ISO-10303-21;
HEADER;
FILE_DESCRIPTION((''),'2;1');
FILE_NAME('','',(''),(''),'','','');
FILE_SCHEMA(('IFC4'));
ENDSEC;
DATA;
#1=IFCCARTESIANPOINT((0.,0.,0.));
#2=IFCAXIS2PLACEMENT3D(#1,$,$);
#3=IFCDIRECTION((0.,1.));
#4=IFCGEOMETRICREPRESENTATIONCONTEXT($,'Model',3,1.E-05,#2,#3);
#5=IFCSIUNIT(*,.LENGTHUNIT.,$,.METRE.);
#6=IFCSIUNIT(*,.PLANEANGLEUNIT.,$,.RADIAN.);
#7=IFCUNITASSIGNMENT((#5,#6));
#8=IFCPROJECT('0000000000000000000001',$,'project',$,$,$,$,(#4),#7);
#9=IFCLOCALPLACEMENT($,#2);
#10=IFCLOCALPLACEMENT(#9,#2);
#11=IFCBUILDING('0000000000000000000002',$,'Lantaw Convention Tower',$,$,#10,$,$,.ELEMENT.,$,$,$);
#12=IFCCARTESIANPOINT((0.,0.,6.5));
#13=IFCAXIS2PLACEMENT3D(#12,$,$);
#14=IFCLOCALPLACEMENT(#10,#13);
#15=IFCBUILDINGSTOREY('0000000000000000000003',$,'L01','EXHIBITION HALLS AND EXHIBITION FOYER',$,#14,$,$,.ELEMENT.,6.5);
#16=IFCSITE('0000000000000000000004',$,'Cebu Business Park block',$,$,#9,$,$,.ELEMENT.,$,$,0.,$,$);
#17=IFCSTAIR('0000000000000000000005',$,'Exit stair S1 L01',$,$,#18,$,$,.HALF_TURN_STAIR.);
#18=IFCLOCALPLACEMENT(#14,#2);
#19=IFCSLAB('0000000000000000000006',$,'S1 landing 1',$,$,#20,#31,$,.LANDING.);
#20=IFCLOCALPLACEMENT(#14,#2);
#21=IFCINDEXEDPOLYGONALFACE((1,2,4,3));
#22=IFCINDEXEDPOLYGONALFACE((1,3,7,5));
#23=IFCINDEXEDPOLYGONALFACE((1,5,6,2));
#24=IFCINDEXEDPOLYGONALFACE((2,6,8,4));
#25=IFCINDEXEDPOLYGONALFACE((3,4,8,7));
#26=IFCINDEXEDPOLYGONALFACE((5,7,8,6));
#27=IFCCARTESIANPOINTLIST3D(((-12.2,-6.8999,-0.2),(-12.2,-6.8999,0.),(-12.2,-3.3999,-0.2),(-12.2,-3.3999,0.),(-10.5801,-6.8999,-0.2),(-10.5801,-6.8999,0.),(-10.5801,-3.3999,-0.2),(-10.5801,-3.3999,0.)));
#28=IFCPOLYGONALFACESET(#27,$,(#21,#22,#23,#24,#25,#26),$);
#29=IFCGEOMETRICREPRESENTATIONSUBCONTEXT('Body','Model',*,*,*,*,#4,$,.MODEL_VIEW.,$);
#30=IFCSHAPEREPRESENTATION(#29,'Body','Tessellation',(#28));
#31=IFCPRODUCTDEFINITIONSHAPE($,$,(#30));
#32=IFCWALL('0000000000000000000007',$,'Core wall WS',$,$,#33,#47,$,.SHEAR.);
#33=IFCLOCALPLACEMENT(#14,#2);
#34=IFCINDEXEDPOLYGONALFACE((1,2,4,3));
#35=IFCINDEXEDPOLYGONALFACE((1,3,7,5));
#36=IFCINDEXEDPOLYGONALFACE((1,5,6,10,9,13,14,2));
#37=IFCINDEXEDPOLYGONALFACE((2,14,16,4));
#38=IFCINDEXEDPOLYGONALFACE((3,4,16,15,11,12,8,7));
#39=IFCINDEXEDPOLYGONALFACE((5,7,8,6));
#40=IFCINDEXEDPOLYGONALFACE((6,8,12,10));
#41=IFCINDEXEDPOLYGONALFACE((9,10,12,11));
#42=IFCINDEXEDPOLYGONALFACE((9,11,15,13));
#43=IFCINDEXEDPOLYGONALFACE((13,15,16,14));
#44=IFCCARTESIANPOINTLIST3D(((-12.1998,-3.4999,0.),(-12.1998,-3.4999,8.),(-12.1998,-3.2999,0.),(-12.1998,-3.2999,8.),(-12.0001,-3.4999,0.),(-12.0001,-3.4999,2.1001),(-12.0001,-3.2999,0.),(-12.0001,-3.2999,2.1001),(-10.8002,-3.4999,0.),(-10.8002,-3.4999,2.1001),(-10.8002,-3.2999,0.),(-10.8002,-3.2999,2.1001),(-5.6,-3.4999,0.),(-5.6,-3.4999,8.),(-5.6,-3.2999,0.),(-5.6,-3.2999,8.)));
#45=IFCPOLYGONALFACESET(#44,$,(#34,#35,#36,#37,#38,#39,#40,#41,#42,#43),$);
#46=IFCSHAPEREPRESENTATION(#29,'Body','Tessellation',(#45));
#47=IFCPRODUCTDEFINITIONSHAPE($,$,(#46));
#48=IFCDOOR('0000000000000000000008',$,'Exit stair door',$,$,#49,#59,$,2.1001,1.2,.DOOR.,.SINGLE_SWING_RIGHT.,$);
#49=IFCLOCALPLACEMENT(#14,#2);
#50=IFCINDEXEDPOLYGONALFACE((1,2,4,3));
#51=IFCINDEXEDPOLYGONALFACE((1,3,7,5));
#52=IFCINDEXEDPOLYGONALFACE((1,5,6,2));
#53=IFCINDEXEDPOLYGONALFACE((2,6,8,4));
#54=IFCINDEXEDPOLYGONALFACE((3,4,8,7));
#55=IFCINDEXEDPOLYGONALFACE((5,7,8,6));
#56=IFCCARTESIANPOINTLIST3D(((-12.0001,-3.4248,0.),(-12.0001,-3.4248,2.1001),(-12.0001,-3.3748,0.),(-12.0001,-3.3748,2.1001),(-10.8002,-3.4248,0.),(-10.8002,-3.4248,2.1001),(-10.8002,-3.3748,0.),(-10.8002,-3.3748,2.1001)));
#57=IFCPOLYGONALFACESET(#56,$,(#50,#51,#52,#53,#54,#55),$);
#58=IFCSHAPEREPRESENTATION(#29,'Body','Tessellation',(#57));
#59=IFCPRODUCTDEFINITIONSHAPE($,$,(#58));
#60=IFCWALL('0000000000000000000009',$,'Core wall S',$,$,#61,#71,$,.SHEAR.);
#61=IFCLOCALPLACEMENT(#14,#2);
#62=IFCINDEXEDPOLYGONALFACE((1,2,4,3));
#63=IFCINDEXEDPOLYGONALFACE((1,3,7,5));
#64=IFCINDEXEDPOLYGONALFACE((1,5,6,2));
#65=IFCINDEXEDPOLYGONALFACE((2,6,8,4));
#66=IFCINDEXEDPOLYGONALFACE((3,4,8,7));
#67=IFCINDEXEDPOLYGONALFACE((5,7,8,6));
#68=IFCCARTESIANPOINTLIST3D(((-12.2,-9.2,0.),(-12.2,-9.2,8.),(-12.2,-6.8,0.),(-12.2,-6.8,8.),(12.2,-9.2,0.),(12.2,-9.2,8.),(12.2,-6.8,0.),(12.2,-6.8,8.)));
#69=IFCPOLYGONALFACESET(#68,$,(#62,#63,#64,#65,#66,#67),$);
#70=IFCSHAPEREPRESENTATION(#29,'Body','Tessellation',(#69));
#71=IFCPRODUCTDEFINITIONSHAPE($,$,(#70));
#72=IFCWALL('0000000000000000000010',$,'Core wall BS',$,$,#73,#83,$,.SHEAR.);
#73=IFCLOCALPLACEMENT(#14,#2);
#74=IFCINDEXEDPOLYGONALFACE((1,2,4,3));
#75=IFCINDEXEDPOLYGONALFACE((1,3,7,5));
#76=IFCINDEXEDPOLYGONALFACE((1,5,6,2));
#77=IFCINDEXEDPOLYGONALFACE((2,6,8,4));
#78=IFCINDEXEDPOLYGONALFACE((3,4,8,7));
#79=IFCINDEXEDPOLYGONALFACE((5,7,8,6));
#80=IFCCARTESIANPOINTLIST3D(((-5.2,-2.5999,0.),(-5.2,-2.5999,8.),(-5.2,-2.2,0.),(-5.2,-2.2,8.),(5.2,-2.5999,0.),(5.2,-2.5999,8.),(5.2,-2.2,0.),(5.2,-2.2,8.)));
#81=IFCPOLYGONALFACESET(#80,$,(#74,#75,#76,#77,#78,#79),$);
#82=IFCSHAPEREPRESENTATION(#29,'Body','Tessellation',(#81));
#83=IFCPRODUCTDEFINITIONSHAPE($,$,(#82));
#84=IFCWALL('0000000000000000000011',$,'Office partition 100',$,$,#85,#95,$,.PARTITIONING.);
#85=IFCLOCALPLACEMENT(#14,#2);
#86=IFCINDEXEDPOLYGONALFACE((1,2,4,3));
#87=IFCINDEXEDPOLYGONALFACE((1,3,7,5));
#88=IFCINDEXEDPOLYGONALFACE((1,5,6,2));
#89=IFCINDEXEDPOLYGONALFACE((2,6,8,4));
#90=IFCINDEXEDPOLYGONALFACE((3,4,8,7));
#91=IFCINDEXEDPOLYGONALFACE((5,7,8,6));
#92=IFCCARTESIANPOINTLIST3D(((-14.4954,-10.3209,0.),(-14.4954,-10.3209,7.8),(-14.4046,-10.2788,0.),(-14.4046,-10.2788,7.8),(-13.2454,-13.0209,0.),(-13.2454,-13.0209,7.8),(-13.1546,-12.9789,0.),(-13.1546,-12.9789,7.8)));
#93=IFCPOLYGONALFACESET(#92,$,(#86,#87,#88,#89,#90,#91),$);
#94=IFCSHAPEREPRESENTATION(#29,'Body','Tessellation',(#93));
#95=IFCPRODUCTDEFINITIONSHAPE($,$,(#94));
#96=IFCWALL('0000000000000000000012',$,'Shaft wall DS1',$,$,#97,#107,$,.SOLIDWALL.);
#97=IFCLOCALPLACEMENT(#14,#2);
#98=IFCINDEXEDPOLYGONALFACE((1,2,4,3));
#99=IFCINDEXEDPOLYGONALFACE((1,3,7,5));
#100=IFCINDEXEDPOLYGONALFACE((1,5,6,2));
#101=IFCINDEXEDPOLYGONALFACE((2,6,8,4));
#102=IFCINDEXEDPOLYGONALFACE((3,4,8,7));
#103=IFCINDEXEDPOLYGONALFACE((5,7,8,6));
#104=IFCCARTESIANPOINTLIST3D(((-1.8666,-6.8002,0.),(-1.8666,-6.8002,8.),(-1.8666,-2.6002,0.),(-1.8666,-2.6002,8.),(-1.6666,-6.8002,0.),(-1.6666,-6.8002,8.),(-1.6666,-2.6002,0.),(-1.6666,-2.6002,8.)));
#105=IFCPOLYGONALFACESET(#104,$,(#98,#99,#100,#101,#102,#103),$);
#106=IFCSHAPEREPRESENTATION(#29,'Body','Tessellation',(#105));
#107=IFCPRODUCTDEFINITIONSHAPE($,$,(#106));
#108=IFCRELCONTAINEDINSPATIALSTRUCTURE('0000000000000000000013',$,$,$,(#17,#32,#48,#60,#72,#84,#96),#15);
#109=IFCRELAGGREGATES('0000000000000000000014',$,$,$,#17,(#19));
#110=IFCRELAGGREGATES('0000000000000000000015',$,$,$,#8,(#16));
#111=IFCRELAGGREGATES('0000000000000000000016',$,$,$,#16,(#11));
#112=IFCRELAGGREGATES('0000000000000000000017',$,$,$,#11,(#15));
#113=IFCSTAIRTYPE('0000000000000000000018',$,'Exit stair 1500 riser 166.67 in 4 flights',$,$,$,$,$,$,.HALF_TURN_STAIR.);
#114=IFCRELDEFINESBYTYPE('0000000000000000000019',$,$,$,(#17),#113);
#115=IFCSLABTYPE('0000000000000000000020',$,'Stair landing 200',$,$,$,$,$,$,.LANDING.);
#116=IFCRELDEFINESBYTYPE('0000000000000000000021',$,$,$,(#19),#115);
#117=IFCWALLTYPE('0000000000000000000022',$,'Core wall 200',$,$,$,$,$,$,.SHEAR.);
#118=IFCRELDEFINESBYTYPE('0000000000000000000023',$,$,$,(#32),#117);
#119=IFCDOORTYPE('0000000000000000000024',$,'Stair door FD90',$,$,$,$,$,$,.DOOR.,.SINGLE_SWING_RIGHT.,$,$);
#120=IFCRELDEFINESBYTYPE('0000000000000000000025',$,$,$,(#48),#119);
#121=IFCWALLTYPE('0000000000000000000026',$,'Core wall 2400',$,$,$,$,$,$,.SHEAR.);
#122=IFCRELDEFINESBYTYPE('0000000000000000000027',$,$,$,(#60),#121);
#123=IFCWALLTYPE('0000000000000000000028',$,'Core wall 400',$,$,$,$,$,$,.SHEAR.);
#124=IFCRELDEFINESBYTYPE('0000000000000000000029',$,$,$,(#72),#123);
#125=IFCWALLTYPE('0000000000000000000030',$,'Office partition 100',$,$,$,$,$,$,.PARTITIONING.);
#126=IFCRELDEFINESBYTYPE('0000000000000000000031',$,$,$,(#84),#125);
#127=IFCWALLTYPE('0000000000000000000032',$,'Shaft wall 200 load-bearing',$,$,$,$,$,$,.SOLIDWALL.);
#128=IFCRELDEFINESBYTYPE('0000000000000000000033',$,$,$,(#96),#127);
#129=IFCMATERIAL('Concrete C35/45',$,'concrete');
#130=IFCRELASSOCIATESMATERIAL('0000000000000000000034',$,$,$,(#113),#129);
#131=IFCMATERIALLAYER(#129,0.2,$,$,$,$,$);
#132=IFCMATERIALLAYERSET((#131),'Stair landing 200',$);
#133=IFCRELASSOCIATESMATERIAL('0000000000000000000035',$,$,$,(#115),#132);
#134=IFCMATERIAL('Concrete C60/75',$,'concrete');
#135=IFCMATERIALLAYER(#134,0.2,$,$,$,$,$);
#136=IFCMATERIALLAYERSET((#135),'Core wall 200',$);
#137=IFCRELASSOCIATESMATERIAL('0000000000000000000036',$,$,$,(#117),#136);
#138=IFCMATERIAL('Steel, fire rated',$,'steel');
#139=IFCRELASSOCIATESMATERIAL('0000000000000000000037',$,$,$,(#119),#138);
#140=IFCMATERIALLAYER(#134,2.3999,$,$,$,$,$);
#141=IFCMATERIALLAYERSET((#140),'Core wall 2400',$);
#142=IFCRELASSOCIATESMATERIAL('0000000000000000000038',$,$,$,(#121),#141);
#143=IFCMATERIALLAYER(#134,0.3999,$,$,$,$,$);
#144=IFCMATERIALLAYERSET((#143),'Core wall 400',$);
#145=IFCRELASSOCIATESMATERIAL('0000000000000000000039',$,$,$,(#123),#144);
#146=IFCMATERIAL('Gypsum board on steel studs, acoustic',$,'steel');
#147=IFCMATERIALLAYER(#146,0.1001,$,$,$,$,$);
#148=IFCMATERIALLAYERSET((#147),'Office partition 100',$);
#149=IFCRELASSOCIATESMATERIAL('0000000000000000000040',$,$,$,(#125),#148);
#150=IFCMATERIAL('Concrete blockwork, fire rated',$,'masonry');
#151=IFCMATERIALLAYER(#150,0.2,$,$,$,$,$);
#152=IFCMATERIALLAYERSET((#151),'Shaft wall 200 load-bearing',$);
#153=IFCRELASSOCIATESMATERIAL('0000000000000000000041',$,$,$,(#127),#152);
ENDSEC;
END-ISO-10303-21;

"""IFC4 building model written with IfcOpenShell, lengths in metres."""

from ifc_helpers import new_model, si_unit, direction, frame, frame_2d, origin, place, context, subcontext, project, spatial, polyline, rectangle, outline, extrude, material, layer, layer_set, type_object, element, fill, aggregate, save


model = new_model("IFC4")

# Units and contexts
model_context = context("Model", 3, precision=1e-05, world=origin(), true_north=direction((0.0, 1.0)))
body_context = subcontext(model_context, "Body", "Model", "MODEL_VIEW")
ifc_project = project(units=[si_unit("LENGTHUNIT", "METRE"), si_unit("PLANEANGLEUNIT", "RADIAN")], contexts=[model_context])

# Site, building, storey
site_placement = place(None, origin())
site = spatial("IfcSite", under=ifc_project, at=site_placement, Name="Cebu Business Park block", CompositionType="ELEMENT", RefElevation=0.0)
building_placement = place(site_placement, origin())
building = spatial("IfcBuilding", under=site, at=building_placement, Name="Lantaw Convention Tower", CompositionType="ELEMENT")
storey_placement = place(building_placement, frame((0.0, 0.0, 6.5)))
storey = spatial("IfcBuildingStorey", under=building, at=storey_placement, Name="L01", Description="EXHIBITION HALLS AND EXHIBITION FOYER", CompositionType="ELEMENT", Elevation=6.5)

# Shared definitions
ifc_material_1 = material(Name="Concrete C35/45", Category="concrete")

# Stair, slab
stair_type = type_object("IfcStairType", Name="Exit stair 1500 riser 166.67 in 4 flights", PredefinedType="HALF_TURN_STAIR", material=ifc_material_1)
stair_placement = place(storey_placement, origin())
stair = element("IfcStair", 1, at=stair_placement, inside=storey, type_object=stair_type, Name="Exit stair S1 L01", PredefinedType="HALF_TURN_STAIR")
ifc_layer_1 = layer(ifc_material_1, 0.2)
ifc_layer_set_1 = layer_set([ifc_layer_1], Name="Stair landing 200")
slab_type_1 = type_object("IfcSlabType", Name="Stair landing 200", PredefinedType="LANDING", material=ifc_layer_set_1)
slab_1_placement = place(storey_placement, frame((0.0, 0.0, -0.2)))
slab_1 = element("IfcSlab", 2, at=slab_1_placement, type_object=slab_type_1, Name="S1 landing 1", PredefinedType="LANDING", context=body_context, shape_type="SweptSolid", body=[
    extrude(outline(polyline([(-12.2, -6.8999), (-10.5801, -6.8999), (-10.5801, -3.3999), (-12.2, -3.3999), (-12.2, -6.8999)])), origin(), (0.0, 0.0, 1.0), 0.2),
])
aggregate(stair, [slab_1])

# Wall, opening, door
ifc_material_2 = material(Name="Concrete C60/75", Category="concrete")
ifc_layer_2 = layer(ifc_material_2, 0.2)
ifc_layer_set_2 = layer_set([ifc_layer_2], Name="Core wall 200")
wall_type_1 = type_object("IfcWallType", Name="Core wall 200", PredefinedType="SHEAR", material=ifc_layer_set_2)
wall_1_placement = place(storey_placement, frame((-5.6001, -3.3999, 0.0), z_axis=(0.0, 0.0, 1.0), x_axis=(-1.0, 0.0, 0.0)))
wall_1 = element("IfcWall", 3, at=wall_1_placement, inside=storey, type_object=wall_type_1, Name="Core wall WS", PredefinedType="SHEAR", context=body_context, shape_type="SweptSolid", body=[
    extrude(rectangle(XDim=6.5999, YDim=0.2, at=frame_2d((3.2998, 0.0))), origin(), (0.0, 0.0, 1.0), 8.0),
])
opening_1_placement = place(wall_1_placement, frame((5.2, 0.0, 0.0)))
opening_1 = element("IfcOpeningElement", 4, at=opening_1_placement, cuts=wall_1, PredefinedType="OPENING", context=body_context, shape_type="SweptSolid", body=[
    extrude(rectangle(XDim=1.2, YDim=2.1001, at=frame_2d((0.6001, 1.05))), frame((0.0, 0.1099, 0.0), z_axis=(0.0, -1.0, 0.0), x_axis=(1.0, 0.0, 0.0)), (0.0, 0.0, 1.0), 0.22),
])
ifc_material_3 = material(Name="Steel, fire rated", Category="steel")
door_type_1 = type_object("IfcDoorType", Name="Stair door FD90", OperationType="SINGLE_SWING_RIGHT", PredefinedType="DOOR", material=ifc_material_3)
door_1_placement = place(opening_1_placement, origin())
door_1 = element("IfcDoor", 5, at=door_1_placement, inside=storey, type_object=door_type_1, Name="Exit stair door", OperationType="SINGLE_SWING_RIGHT", OverallHeight=2.1001, OverallWidth=1.2, PredefinedType="DOOR", context=body_context, shape_type="SweptSolid", body=[
    extrude(rectangle(XDim=1.2, YDim=2.1001, at=frame_2d((0.6001, 1.05))), frame((0.0, 0.0249, 0.0), z_axis=(0.0, -1.0, 0.0), x_axis=(1.0, 0.0, 0.0)), (0.0, 0.0, 1.0), 0.05),
])
fill(opening_1, door_1)

# Walls
ifc_layer_3 = layer(ifc_material_2, 2.3999)
ifc_layer_set_3 = layer_set([ifc_layer_3], Name="Core wall 2400")
wall_type_2 = type_object("IfcWallType", Name="Core wall 2400", PredefinedType="SHEAR", material=ifc_layer_set_3)
wall_2_placement = place(storey_placement, frame((-12.2, -8.0, 0.0), z_axis=(0.0, 0.0, 1.0), x_axis=(1.0, 0.0, 0.0)))
element("IfcWall", 6, at=wall_2_placement, inside=storey, type_object=wall_type_2, Name="Core wall S", PredefinedType="SHEAR", context=body_context, shape_type="SweptSolid", body=[
    extrude(rectangle(XDim=24.3999, YDim=2.3999, at=frame_2d((12.2, 0.0))), origin(), (0.0, 0.0, 1.0), 8.0),
])
ifc_layer_4 = layer(ifc_material_2, 0.3999)
ifc_layer_set_4 = layer_set([ifc_layer_4], Name="Core wall 400")
wall_type_3 = type_object("IfcWallType", Name="Core wall 400", PredefinedType="SHEAR", material=ifc_layer_set_4)
wall_3_placement = place(storey_placement, frame((-5.2, -2.3999, 0.0), z_axis=(0.0, 0.0, 1.0), x_axis=(1.0, 0.0, 0.0)))
element("IfcWall", 7, at=wall_3_placement, inside=storey, type_object=wall_type_3, Name="Core wall BS", PredefinedType="SHEAR", context=body_context, shape_type="SweptSolid", body=[
    extrude(rectangle(XDim=10.3999, YDim=0.3999, at=frame_2d((5.2, 0.0))), origin(), (0.0, 0.0, 1.0), 8.0),
])
ifc_material_4 = material(Name="Gypsum board on steel studs, acoustic", Category="steel")
ifc_layer_5 = layer(ifc_material_4, 0.1001)
ifc_layer_set_5 = layer_set([ifc_layer_5], Name="Office partition 100")
wall_type_4 = type_object("IfcWallType", Name="Office partition 100", PredefinedType="PARTITIONING", material=ifc_layer_set_5)
wall_4_placement = place(storey_placement, frame((-13.2, -13.0, 0.0), z_axis=(0.0, 0.0, 1.0), x_axis=(-0.42013, 0.907464, 0.0)))
element("IfcWall", 8, at=wall_4_placement, inside=storey, type_object=wall_type_4, Name="Office partition 100", PredefinedType="PARTITIONING", context=body_context, shape_type="SweptSolid", body=[
    extrude(rectangle(XDim=2.9753, YDim=0.1001, at=frame_2d((1.4878, 0.0))), origin(), (0.0, 0.0, 1.0), 7.8),
])
ifc_material_5 = material(Name="Concrete blockwork, fire rated", Category="masonry")
ifc_layer_6 = layer(ifc_material_5, 0.2)
ifc_layer_set_6 = layer_set([ifc_layer_6], Name="Shaft wall 200 load-bearing")
wall_type_5 = type_object("IfcWallType", Name="Shaft wall 200 load-bearing", PredefinedType="SOLIDWALL", material=ifc_layer_set_6)
wall_5_placement = place(storey_placement, frame((-1.7666, -2.6001, 0.0), z_axis=(0.0, 0.0, 1.0), x_axis=(0.0, -1.0, 0.0)))
element("IfcWall", 9, at=wall_5_placement, inside=storey, type_object=wall_type_5, Name="Shaft wall DS1", PredefinedType="SOLIDWALL", context=body_context, shape_type="SweptSolid", body=[
    extrude(rectangle(XDim=4.2, YDim=0.2, at=frame_2d((2.1001, 0.0))), origin(), (0.0, 0.0, 1.0), 8.0),
])

save(model, "model.ifc")
